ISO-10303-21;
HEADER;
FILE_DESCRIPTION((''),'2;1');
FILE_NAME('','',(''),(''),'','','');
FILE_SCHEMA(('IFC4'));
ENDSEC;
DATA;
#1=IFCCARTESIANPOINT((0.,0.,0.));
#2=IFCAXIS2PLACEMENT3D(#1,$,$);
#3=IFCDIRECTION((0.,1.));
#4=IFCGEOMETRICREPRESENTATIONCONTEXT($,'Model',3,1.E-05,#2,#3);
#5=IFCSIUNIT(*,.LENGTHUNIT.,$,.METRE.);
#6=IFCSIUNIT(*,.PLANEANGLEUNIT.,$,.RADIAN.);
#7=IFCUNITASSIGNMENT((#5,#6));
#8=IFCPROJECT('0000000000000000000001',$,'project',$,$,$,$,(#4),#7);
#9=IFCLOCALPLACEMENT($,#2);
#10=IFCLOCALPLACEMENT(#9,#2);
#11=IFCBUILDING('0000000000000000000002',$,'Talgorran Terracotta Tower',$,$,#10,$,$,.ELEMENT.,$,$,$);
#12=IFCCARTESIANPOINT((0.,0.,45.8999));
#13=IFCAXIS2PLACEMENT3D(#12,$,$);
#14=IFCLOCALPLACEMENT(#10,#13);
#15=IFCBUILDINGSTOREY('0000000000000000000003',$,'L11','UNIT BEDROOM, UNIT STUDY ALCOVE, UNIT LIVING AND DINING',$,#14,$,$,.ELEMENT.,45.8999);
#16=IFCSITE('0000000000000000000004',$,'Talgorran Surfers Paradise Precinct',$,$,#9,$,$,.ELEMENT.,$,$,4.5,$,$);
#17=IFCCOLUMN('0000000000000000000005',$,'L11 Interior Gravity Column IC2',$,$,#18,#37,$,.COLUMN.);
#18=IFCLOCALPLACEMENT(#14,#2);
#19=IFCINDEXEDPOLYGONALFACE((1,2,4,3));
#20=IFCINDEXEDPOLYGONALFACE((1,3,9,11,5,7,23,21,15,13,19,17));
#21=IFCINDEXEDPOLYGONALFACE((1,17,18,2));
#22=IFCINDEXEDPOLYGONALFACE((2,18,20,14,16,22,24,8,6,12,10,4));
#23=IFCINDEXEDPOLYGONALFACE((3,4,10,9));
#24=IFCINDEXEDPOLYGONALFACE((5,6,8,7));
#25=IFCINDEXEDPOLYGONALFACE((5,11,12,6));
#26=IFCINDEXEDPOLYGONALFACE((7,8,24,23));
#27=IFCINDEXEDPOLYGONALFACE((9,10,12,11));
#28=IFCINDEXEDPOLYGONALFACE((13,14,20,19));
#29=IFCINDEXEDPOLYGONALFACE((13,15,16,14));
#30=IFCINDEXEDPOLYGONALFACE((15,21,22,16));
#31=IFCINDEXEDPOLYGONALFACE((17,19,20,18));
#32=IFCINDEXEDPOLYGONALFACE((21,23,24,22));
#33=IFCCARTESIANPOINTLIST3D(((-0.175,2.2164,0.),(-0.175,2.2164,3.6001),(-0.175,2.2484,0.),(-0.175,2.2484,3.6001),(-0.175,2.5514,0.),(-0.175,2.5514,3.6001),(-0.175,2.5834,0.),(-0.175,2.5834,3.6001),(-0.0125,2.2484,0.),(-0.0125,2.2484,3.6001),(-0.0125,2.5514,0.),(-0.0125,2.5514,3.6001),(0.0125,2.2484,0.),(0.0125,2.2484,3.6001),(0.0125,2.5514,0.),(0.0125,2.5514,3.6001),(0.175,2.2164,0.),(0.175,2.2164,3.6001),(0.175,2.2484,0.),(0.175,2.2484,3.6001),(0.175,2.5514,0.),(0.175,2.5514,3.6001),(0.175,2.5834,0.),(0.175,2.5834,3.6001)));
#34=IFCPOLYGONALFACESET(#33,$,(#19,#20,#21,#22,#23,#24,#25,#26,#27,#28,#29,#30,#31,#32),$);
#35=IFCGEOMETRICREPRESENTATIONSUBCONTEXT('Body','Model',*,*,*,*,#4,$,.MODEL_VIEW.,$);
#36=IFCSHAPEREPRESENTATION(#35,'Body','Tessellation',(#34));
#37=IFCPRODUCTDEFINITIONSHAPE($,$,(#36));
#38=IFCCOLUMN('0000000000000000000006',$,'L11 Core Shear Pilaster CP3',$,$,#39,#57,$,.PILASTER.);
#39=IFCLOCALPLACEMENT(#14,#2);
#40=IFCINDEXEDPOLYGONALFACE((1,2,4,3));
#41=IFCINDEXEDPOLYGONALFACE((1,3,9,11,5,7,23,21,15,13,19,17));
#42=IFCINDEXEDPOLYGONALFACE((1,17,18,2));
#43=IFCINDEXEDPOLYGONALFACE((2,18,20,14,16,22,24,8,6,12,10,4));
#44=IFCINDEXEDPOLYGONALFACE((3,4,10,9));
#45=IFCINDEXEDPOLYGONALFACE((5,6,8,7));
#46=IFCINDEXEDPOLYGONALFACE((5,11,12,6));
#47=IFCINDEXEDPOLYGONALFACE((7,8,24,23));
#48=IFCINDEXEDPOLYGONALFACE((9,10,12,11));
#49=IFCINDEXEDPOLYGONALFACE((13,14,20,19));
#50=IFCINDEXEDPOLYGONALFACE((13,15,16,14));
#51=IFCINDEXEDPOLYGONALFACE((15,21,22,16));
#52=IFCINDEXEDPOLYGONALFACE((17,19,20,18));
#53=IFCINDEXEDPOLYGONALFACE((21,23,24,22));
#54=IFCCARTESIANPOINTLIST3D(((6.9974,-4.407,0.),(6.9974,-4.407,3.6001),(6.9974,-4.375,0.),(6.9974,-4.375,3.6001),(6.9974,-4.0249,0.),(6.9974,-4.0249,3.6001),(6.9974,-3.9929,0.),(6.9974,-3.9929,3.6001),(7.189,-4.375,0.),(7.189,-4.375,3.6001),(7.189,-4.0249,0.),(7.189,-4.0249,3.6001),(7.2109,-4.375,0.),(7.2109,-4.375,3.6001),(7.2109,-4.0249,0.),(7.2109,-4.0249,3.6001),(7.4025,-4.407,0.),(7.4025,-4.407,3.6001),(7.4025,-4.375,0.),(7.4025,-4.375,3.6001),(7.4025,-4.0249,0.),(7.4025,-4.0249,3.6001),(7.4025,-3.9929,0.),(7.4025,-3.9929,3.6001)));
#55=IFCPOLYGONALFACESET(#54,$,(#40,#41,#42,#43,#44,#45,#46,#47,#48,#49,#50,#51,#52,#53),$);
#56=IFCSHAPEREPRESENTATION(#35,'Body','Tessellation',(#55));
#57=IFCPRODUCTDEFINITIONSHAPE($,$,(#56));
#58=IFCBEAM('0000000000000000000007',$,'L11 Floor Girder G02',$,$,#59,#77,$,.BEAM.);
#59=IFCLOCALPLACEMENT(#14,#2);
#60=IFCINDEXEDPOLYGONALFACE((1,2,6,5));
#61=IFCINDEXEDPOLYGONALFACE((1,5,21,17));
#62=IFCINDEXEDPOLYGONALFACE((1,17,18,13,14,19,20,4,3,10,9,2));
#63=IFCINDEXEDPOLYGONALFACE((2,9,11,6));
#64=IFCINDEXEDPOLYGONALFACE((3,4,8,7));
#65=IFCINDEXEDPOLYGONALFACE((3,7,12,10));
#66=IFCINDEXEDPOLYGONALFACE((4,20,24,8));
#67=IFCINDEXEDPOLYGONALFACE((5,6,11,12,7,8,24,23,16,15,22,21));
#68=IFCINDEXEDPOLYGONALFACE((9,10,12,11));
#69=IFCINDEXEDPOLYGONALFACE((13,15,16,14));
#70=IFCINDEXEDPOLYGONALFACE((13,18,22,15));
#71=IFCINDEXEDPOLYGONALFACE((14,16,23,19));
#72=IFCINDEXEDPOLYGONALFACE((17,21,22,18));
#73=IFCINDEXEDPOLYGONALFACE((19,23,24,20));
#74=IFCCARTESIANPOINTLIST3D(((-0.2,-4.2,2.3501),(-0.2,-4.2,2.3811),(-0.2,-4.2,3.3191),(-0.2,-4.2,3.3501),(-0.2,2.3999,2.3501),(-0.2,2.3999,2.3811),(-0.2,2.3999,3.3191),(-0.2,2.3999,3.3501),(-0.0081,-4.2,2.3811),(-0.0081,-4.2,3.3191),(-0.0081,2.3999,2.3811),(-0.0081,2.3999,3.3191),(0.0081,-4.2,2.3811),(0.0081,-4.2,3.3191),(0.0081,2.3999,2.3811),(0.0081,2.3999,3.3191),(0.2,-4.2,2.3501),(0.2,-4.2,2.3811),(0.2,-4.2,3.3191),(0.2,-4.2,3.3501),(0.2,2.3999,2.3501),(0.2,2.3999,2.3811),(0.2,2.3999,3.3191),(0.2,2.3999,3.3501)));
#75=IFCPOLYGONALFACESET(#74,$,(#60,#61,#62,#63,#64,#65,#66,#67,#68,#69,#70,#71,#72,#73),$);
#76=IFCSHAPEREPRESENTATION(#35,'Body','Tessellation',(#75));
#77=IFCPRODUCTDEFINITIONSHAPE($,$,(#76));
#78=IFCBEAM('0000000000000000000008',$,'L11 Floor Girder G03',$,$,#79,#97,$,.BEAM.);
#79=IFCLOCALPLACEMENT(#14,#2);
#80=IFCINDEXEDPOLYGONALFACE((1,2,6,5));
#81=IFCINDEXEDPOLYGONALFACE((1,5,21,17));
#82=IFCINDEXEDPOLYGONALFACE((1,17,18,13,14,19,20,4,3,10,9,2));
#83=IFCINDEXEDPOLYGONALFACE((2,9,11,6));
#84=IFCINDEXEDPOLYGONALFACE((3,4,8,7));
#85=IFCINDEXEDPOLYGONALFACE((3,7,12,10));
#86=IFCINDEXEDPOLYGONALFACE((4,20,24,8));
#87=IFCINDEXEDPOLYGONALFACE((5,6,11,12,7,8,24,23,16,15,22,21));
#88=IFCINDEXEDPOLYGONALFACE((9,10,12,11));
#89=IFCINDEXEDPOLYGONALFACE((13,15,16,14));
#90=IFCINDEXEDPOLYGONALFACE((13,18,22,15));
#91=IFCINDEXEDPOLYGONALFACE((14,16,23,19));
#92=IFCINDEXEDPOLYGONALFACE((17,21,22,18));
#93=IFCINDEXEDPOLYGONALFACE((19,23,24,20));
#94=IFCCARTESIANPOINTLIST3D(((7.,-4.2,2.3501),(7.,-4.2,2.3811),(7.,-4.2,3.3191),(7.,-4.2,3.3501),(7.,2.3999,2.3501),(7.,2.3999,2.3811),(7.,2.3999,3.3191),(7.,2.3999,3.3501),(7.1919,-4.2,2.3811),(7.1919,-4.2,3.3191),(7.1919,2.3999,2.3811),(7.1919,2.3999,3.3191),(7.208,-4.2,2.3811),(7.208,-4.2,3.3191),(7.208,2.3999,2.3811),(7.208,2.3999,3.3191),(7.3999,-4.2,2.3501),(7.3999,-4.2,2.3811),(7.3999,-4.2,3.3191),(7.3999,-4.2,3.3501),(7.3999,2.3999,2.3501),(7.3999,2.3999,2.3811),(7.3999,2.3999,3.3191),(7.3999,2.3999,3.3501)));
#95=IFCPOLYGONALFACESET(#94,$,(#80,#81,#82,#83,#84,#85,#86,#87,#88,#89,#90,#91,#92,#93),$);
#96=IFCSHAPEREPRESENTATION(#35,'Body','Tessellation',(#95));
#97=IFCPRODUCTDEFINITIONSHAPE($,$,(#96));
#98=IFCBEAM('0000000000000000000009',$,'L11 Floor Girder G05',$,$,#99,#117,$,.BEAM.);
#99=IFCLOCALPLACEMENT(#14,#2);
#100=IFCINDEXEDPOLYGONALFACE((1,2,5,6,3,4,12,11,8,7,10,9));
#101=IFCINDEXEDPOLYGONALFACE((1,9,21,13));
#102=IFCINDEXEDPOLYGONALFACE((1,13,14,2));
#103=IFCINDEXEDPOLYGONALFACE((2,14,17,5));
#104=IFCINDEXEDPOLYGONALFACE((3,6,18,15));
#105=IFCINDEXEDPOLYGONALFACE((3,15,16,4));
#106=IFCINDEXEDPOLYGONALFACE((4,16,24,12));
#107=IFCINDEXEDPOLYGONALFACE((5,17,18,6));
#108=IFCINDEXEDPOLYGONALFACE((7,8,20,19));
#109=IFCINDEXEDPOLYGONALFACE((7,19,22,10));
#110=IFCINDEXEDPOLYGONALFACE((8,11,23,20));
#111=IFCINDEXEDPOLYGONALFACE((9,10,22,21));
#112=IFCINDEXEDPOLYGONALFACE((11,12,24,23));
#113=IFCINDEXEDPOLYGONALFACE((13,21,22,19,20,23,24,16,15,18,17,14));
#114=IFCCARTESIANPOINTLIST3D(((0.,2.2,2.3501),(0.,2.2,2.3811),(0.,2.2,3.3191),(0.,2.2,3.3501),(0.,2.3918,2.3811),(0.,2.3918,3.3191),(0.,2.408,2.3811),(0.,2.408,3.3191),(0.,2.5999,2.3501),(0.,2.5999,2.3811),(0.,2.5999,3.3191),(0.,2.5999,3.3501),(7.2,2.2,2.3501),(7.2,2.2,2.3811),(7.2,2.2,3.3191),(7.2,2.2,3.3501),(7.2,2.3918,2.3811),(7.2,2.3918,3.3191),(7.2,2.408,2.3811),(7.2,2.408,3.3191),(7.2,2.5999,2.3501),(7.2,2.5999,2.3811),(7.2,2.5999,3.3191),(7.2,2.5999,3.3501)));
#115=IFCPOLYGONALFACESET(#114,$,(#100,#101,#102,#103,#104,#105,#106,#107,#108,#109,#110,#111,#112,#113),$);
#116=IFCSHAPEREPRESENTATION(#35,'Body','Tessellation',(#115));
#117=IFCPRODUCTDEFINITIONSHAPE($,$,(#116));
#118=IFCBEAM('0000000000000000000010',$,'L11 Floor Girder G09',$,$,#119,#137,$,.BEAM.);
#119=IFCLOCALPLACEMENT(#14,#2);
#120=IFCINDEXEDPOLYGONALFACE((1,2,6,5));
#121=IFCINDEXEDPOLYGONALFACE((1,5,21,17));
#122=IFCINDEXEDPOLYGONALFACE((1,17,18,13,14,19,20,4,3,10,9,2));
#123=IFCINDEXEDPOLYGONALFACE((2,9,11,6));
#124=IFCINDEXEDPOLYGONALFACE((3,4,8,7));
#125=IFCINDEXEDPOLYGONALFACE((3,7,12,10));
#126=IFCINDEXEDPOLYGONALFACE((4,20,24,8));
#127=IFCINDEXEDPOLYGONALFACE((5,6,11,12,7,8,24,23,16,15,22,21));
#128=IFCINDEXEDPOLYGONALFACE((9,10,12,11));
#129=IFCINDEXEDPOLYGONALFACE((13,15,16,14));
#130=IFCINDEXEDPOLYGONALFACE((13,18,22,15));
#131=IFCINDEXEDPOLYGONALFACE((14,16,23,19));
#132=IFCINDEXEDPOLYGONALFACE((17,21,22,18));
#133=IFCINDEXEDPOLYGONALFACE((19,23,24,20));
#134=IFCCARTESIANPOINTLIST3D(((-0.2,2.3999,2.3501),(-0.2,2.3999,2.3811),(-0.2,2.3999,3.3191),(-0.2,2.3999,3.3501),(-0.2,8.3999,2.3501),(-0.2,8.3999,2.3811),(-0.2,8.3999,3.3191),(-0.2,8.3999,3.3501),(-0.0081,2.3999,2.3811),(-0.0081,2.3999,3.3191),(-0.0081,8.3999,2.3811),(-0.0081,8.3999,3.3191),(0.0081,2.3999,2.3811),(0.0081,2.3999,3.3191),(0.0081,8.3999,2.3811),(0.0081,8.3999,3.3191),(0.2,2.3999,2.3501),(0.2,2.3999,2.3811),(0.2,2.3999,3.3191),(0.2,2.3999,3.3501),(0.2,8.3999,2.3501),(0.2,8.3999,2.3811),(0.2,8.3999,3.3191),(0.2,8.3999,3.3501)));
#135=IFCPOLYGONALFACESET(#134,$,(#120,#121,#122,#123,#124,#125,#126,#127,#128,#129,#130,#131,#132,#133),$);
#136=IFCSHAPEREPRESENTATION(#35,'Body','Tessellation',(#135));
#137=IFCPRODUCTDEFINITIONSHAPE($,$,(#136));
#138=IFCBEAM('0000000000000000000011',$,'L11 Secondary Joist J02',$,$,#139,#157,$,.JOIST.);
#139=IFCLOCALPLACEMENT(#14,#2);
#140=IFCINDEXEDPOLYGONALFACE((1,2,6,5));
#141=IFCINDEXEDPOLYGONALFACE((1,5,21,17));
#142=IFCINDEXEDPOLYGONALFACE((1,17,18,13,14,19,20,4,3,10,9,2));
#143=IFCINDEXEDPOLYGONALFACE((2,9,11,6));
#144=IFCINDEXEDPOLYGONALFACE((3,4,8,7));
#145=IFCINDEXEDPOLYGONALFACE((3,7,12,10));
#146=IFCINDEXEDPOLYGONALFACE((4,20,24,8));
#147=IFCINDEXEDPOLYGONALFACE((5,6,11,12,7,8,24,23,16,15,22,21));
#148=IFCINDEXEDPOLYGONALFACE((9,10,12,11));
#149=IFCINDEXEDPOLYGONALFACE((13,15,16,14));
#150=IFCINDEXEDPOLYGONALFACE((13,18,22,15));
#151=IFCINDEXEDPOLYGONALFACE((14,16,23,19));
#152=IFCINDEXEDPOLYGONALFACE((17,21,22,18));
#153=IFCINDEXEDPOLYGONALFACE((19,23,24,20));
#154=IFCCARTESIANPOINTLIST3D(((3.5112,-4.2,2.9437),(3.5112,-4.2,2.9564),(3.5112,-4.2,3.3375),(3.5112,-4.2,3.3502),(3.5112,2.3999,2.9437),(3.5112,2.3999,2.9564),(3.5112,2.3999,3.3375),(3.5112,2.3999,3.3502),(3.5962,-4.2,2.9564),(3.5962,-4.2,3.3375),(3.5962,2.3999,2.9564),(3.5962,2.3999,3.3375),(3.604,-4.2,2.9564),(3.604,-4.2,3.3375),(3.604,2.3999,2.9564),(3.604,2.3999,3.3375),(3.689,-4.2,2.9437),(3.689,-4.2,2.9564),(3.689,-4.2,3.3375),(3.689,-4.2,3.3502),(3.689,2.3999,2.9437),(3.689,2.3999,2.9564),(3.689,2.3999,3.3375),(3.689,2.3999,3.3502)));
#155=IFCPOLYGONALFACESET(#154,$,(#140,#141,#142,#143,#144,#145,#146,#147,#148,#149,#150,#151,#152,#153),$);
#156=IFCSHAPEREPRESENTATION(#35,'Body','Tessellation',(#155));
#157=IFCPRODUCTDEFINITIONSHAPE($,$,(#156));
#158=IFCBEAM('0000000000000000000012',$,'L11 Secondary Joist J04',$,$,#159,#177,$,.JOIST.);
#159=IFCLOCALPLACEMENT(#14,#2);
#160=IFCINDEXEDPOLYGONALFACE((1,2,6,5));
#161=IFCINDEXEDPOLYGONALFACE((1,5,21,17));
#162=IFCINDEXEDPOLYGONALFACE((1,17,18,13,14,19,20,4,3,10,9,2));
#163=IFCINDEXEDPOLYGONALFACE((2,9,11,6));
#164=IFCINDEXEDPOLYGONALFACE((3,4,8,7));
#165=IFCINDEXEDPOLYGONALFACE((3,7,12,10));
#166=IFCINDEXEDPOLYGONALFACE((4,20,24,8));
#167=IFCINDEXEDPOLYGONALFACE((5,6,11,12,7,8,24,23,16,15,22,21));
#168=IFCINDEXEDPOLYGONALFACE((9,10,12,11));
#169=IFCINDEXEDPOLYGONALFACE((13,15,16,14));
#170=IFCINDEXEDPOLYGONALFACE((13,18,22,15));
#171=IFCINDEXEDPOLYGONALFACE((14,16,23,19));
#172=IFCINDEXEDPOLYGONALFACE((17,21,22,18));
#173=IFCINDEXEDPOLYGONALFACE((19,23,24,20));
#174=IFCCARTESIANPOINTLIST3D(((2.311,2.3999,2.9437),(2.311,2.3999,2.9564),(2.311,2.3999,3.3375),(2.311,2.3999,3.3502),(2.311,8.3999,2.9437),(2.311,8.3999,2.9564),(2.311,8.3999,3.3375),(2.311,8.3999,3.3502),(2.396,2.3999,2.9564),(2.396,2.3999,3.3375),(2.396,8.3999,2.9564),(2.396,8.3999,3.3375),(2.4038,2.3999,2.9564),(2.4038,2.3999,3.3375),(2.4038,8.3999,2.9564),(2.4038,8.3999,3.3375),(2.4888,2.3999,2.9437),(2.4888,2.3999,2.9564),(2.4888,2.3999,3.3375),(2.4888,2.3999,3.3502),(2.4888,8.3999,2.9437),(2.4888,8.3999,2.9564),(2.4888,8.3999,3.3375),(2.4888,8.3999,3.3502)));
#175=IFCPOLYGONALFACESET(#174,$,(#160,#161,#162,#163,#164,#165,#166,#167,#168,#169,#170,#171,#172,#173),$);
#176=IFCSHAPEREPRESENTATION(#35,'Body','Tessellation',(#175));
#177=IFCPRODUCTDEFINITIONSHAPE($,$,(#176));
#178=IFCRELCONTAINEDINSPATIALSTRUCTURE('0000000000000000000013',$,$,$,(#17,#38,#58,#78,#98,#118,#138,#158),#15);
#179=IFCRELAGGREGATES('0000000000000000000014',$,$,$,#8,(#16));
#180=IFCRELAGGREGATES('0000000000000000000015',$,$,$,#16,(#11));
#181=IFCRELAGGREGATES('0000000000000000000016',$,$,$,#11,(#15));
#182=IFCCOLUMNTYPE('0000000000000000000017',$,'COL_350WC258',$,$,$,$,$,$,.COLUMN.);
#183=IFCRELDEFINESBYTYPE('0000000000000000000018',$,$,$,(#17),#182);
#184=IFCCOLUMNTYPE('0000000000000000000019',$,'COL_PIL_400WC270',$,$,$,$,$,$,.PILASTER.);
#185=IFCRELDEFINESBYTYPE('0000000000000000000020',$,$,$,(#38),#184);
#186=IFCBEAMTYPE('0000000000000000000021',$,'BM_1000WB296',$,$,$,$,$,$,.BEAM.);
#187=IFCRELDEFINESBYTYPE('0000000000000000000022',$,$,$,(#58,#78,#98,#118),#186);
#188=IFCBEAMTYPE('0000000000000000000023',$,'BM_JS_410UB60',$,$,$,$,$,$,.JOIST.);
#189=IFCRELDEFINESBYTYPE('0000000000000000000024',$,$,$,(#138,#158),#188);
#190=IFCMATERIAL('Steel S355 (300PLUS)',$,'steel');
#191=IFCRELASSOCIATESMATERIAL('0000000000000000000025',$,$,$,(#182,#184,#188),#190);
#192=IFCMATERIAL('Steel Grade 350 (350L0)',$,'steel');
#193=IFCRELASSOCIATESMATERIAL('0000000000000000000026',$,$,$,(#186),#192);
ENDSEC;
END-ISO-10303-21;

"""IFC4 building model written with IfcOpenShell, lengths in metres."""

from ifc_helpers import new_model, si_unit, direction, frame, origin, origin_2d, place, context, subcontext, project, spatial, i_section, extrude, material, material_profile, profile_set, type_object, element, save


model = new_model("IFC4")

# Units and contexts
model_context = context("Model", 3, precision=1e-05, world=origin(), true_north=direction((0.0, 1.0)))
body_context = subcontext(model_context, "Body", "Model", "MODEL_VIEW")
ifc_project = project(units=[si_unit("LENGTHUNIT", "METRE"), si_unit("PLANEANGLEUNIT", "RADIAN")], contexts=[model_context])

# Site, building, storey
site_placement = place(None, origin())
site = spatial("IfcSite", under=ifc_project, at=site_placement, Name="Talgorran Surfers Paradise Precinct", CompositionType="ELEMENT", RefElevation=4.5)
building_placement = place(site_placement, origin())
building = spatial("IfcBuilding", under=site, at=building_placement, Name="Talgorran Terracotta Tower", CompositionType="ELEMENT")
storey_placement = place(building_placement, frame((0.0, 0.0, 45.8999)))
storey = spatial("IfcBuildingStorey", under=building, at=storey_placement, Name="L11", Description="UNIT BEDROOM, UNIT STUDY ALCOVE, UNIT LIVING AND DINING", CompositionType="ELEMENT", Elevation=45.8999)

# Columns
ifc_material_1 = material(Name="Steel S355 (300PLUS)", Category="steel")
ifc_material_profile_1 = material_profile(ifc_material_1, i_section(OverallWidth=0.3501, OverallDepth=0.3669, WebThickness=0.0249, FlangeThickness=0.032, at=origin_2d()), Name="350WC258")
ifc_profile_set_1 = profile_set([ifc_material_profile_1], Name="Steel S355 (300PLUS)")
column_type_1 = type_object("IfcColumnType", Name="COL_350WC258", PredefinedType="COLUMN", material=ifc_profile_set_1)
column_1_placement = place(storey_placement, frame((0.0, 2.3999, 0.0), z_axis=(0.0, 0.0, 1.0), x_axis=(1.0, 0.0, 0.0)))
element("IfcColumn", 1, at=column_1_placement, inside=storey, type_object=column_type_1, Name="L11 Interior Gravity Column IC2", PredefinedType="COLUMN", context=body_context, shape_type="SweptSolid", body=[
    extrude(i_section(OverallWidth=0.3501, OverallDepth=0.3669, WebThickness=0.0249, FlangeThickness=0.032, at=origin_2d()), origin(), (0.0, 0.0, 1.0), 3.6001),
])
ifc_material_profile_2 = material_profile(ifc_material_1, i_section(OverallWidth=0.405, OverallDepth=0.4141, WebThickness=0.022, FlangeThickness=0.032, at=origin_2d()), Name="400WC270")
ifc_profile_set_2 = profile_set([ifc_material_profile_2], Name="Steel S355 (300PLUS)")
column_type_2 = type_object("IfcColumnType", Name="COL_PIL_400WC270", PredefinedType="PILASTER", material=ifc_profile_set_2)
column_2_placement = place(storey_placement, frame((7.2, -4.2, 0.0), z_axis=(0.0, 0.0, 1.0), x_axis=(1.0, 0.0, 0.0)))
element("IfcColumn", 2, at=column_2_placement, inside=storey, type_object=column_type_2, Name="L11 Core Shear Pilaster CP3", PredefinedType="PILASTER", context=body_context, shape_type="SweptSolid", body=[
    extrude(i_section(OverallWidth=0.405, OverallDepth=0.4141, WebThickness=0.022, FlangeThickness=0.032, at=origin_2d()), origin(), (0.0, 0.0, 1.0), 3.6001),
])

# Beams
ifc_material_2 = material(Name="Steel Grade 350 (350L0)", Category="steel")
ifc_material_profile_3 = material_profile(ifc_material_2, i_section(OverallWidth=0.3999, OverallDepth=1.0, WebThickness=0.0161, FlangeThickness=0.031, at=origin_2d()), Name="1000WB296")
ifc_profile_set_3 = profile_set([ifc_material_profile_3], Name="Steel Grade 350 (350L0)")
beam_type_1 = type_object("IfcBeamType", Name="BM_1000WB296", PredefinedType="BEAM", material=ifc_profile_set_3)
for number, where, z_axis, x_axis, name in (
    (3, (0.0, -4.2, 2.8501), (0.0, 1.0, 0.0), (-1.0, 0.0, 0.0), "L11 Floor Girder G02"),
    (4, (7.2, -4.2, 2.8501), (0.0, 1.0, 0.0), (-1.0, 0.0, 0.0), "L11 Floor Girder G03"),
):
    element("IfcBeam", number, at=place(storey_placement, frame(where, z_axis=z_axis, x_axis=x_axis)), inside=storey, type_object=beam_type_1, Name=name, PredefinedType="BEAM", context=body_context, shape_type="SweptSolid", body=[
        extrude(i_section(OverallWidth=0.3999, OverallDepth=1.0, WebThickness=0.0161, FlangeThickness=0.031, at=origin_2d()), origin(), (0.0, 0.0, 1.0), 6.5999),
    ])
beam_1_placement = place(storey_placement, frame((0.0, 2.3999, 2.8501), z_axis=(1.0, 0.0, 0.0), x_axis=(0.0, 1.0, 0.0)))
element("IfcBeam", 5, at=beam_1_placement, inside=storey, type_object=beam_type_1, Name="L11 Floor Girder G05", PredefinedType="BEAM", context=body_context, shape_type="SweptSolid", body=[
    extrude(i_section(OverallWidth=0.3999, OverallDepth=1.0, WebThickness=0.0161, FlangeThickness=0.031, at=origin_2d()), origin(), (0.0, 0.0, 1.0), 7.2),
])
beam_2_placement = place(storey_placement, frame((0.0, 2.3999, 2.8501), z_axis=(0.0, 1.0, 0.0), x_axis=(-1.0, 0.0, 0.0)))
element("IfcBeam", 6, at=beam_2_placement, inside=storey, type_object=beam_type_1, Name="L11 Floor Girder G09", PredefinedType="BEAM", context=body_context, shape_type="SweptSolid", body=[
    extrude(i_section(OverallWidth=0.3999, OverallDepth=1.0, WebThickness=0.0161, FlangeThickness=0.031, at=origin_2d()), origin(), (0.0, 0.0, 1.0), 6.0),
])
ifc_material_profile_4 = material_profile(ifc_material_1, i_section(OverallWidth=0.1777, OverallDepth=0.4065, WebThickness=0.0078, FlangeThickness=0.0127, at=origin_2d()), Name="410UB59.7")
ifc_profile_set_4 = profile_set([ifc_material_profile_4], Name="Steel S355 (300PLUS)")
beam_type_2 = type_object("IfcBeamType", Name="BM_JS_410UB60", PredefinedType="JOIST", material=ifc_profile_set_4)
beam_3_placement = place(storey_placement, frame((3.6001, -4.2, 3.147), z_axis=(0.0, 1.0, 0.0), x_axis=(-1.0, 0.0, 0.0)))
element("IfcBeam", 7, at=beam_3_placement, inside=storey, type_object=beam_type_2, Name="L11 Secondary Joist J02", PredefinedType="JOIST", context=body_context, shape_type="SweptSolid", body=[
    extrude(i_section(OverallWidth=0.1777, OverallDepth=0.4065, WebThickness=0.0078, FlangeThickness=0.0127, at=origin_2d()), origin(), (0.0, 0.0, 1.0), 6.5999),
])
beam_4_placement = place(storey_placement, frame((2.3999, 2.3999, 3.147), z_axis=(0.0, 1.0, 0.0), x_axis=(-1.0, 0.0, 0.0)))
element("IfcBeam", 8, at=beam_4_placement, inside=storey, type_object=beam_type_2, Name="L11 Secondary Joist J04", PredefinedType="JOIST", context=body_context, shape_type="SweptSolid", body=[
    extrude(i_section(OverallWidth=0.1777, OverallDepth=0.4065, WebThickness=0.0078, FlangeThickness=0.0127, at=origin_2d()), origin(), (0.0, 0.0, 1.0), 6.0),
])

save(model, "model.ifc")
